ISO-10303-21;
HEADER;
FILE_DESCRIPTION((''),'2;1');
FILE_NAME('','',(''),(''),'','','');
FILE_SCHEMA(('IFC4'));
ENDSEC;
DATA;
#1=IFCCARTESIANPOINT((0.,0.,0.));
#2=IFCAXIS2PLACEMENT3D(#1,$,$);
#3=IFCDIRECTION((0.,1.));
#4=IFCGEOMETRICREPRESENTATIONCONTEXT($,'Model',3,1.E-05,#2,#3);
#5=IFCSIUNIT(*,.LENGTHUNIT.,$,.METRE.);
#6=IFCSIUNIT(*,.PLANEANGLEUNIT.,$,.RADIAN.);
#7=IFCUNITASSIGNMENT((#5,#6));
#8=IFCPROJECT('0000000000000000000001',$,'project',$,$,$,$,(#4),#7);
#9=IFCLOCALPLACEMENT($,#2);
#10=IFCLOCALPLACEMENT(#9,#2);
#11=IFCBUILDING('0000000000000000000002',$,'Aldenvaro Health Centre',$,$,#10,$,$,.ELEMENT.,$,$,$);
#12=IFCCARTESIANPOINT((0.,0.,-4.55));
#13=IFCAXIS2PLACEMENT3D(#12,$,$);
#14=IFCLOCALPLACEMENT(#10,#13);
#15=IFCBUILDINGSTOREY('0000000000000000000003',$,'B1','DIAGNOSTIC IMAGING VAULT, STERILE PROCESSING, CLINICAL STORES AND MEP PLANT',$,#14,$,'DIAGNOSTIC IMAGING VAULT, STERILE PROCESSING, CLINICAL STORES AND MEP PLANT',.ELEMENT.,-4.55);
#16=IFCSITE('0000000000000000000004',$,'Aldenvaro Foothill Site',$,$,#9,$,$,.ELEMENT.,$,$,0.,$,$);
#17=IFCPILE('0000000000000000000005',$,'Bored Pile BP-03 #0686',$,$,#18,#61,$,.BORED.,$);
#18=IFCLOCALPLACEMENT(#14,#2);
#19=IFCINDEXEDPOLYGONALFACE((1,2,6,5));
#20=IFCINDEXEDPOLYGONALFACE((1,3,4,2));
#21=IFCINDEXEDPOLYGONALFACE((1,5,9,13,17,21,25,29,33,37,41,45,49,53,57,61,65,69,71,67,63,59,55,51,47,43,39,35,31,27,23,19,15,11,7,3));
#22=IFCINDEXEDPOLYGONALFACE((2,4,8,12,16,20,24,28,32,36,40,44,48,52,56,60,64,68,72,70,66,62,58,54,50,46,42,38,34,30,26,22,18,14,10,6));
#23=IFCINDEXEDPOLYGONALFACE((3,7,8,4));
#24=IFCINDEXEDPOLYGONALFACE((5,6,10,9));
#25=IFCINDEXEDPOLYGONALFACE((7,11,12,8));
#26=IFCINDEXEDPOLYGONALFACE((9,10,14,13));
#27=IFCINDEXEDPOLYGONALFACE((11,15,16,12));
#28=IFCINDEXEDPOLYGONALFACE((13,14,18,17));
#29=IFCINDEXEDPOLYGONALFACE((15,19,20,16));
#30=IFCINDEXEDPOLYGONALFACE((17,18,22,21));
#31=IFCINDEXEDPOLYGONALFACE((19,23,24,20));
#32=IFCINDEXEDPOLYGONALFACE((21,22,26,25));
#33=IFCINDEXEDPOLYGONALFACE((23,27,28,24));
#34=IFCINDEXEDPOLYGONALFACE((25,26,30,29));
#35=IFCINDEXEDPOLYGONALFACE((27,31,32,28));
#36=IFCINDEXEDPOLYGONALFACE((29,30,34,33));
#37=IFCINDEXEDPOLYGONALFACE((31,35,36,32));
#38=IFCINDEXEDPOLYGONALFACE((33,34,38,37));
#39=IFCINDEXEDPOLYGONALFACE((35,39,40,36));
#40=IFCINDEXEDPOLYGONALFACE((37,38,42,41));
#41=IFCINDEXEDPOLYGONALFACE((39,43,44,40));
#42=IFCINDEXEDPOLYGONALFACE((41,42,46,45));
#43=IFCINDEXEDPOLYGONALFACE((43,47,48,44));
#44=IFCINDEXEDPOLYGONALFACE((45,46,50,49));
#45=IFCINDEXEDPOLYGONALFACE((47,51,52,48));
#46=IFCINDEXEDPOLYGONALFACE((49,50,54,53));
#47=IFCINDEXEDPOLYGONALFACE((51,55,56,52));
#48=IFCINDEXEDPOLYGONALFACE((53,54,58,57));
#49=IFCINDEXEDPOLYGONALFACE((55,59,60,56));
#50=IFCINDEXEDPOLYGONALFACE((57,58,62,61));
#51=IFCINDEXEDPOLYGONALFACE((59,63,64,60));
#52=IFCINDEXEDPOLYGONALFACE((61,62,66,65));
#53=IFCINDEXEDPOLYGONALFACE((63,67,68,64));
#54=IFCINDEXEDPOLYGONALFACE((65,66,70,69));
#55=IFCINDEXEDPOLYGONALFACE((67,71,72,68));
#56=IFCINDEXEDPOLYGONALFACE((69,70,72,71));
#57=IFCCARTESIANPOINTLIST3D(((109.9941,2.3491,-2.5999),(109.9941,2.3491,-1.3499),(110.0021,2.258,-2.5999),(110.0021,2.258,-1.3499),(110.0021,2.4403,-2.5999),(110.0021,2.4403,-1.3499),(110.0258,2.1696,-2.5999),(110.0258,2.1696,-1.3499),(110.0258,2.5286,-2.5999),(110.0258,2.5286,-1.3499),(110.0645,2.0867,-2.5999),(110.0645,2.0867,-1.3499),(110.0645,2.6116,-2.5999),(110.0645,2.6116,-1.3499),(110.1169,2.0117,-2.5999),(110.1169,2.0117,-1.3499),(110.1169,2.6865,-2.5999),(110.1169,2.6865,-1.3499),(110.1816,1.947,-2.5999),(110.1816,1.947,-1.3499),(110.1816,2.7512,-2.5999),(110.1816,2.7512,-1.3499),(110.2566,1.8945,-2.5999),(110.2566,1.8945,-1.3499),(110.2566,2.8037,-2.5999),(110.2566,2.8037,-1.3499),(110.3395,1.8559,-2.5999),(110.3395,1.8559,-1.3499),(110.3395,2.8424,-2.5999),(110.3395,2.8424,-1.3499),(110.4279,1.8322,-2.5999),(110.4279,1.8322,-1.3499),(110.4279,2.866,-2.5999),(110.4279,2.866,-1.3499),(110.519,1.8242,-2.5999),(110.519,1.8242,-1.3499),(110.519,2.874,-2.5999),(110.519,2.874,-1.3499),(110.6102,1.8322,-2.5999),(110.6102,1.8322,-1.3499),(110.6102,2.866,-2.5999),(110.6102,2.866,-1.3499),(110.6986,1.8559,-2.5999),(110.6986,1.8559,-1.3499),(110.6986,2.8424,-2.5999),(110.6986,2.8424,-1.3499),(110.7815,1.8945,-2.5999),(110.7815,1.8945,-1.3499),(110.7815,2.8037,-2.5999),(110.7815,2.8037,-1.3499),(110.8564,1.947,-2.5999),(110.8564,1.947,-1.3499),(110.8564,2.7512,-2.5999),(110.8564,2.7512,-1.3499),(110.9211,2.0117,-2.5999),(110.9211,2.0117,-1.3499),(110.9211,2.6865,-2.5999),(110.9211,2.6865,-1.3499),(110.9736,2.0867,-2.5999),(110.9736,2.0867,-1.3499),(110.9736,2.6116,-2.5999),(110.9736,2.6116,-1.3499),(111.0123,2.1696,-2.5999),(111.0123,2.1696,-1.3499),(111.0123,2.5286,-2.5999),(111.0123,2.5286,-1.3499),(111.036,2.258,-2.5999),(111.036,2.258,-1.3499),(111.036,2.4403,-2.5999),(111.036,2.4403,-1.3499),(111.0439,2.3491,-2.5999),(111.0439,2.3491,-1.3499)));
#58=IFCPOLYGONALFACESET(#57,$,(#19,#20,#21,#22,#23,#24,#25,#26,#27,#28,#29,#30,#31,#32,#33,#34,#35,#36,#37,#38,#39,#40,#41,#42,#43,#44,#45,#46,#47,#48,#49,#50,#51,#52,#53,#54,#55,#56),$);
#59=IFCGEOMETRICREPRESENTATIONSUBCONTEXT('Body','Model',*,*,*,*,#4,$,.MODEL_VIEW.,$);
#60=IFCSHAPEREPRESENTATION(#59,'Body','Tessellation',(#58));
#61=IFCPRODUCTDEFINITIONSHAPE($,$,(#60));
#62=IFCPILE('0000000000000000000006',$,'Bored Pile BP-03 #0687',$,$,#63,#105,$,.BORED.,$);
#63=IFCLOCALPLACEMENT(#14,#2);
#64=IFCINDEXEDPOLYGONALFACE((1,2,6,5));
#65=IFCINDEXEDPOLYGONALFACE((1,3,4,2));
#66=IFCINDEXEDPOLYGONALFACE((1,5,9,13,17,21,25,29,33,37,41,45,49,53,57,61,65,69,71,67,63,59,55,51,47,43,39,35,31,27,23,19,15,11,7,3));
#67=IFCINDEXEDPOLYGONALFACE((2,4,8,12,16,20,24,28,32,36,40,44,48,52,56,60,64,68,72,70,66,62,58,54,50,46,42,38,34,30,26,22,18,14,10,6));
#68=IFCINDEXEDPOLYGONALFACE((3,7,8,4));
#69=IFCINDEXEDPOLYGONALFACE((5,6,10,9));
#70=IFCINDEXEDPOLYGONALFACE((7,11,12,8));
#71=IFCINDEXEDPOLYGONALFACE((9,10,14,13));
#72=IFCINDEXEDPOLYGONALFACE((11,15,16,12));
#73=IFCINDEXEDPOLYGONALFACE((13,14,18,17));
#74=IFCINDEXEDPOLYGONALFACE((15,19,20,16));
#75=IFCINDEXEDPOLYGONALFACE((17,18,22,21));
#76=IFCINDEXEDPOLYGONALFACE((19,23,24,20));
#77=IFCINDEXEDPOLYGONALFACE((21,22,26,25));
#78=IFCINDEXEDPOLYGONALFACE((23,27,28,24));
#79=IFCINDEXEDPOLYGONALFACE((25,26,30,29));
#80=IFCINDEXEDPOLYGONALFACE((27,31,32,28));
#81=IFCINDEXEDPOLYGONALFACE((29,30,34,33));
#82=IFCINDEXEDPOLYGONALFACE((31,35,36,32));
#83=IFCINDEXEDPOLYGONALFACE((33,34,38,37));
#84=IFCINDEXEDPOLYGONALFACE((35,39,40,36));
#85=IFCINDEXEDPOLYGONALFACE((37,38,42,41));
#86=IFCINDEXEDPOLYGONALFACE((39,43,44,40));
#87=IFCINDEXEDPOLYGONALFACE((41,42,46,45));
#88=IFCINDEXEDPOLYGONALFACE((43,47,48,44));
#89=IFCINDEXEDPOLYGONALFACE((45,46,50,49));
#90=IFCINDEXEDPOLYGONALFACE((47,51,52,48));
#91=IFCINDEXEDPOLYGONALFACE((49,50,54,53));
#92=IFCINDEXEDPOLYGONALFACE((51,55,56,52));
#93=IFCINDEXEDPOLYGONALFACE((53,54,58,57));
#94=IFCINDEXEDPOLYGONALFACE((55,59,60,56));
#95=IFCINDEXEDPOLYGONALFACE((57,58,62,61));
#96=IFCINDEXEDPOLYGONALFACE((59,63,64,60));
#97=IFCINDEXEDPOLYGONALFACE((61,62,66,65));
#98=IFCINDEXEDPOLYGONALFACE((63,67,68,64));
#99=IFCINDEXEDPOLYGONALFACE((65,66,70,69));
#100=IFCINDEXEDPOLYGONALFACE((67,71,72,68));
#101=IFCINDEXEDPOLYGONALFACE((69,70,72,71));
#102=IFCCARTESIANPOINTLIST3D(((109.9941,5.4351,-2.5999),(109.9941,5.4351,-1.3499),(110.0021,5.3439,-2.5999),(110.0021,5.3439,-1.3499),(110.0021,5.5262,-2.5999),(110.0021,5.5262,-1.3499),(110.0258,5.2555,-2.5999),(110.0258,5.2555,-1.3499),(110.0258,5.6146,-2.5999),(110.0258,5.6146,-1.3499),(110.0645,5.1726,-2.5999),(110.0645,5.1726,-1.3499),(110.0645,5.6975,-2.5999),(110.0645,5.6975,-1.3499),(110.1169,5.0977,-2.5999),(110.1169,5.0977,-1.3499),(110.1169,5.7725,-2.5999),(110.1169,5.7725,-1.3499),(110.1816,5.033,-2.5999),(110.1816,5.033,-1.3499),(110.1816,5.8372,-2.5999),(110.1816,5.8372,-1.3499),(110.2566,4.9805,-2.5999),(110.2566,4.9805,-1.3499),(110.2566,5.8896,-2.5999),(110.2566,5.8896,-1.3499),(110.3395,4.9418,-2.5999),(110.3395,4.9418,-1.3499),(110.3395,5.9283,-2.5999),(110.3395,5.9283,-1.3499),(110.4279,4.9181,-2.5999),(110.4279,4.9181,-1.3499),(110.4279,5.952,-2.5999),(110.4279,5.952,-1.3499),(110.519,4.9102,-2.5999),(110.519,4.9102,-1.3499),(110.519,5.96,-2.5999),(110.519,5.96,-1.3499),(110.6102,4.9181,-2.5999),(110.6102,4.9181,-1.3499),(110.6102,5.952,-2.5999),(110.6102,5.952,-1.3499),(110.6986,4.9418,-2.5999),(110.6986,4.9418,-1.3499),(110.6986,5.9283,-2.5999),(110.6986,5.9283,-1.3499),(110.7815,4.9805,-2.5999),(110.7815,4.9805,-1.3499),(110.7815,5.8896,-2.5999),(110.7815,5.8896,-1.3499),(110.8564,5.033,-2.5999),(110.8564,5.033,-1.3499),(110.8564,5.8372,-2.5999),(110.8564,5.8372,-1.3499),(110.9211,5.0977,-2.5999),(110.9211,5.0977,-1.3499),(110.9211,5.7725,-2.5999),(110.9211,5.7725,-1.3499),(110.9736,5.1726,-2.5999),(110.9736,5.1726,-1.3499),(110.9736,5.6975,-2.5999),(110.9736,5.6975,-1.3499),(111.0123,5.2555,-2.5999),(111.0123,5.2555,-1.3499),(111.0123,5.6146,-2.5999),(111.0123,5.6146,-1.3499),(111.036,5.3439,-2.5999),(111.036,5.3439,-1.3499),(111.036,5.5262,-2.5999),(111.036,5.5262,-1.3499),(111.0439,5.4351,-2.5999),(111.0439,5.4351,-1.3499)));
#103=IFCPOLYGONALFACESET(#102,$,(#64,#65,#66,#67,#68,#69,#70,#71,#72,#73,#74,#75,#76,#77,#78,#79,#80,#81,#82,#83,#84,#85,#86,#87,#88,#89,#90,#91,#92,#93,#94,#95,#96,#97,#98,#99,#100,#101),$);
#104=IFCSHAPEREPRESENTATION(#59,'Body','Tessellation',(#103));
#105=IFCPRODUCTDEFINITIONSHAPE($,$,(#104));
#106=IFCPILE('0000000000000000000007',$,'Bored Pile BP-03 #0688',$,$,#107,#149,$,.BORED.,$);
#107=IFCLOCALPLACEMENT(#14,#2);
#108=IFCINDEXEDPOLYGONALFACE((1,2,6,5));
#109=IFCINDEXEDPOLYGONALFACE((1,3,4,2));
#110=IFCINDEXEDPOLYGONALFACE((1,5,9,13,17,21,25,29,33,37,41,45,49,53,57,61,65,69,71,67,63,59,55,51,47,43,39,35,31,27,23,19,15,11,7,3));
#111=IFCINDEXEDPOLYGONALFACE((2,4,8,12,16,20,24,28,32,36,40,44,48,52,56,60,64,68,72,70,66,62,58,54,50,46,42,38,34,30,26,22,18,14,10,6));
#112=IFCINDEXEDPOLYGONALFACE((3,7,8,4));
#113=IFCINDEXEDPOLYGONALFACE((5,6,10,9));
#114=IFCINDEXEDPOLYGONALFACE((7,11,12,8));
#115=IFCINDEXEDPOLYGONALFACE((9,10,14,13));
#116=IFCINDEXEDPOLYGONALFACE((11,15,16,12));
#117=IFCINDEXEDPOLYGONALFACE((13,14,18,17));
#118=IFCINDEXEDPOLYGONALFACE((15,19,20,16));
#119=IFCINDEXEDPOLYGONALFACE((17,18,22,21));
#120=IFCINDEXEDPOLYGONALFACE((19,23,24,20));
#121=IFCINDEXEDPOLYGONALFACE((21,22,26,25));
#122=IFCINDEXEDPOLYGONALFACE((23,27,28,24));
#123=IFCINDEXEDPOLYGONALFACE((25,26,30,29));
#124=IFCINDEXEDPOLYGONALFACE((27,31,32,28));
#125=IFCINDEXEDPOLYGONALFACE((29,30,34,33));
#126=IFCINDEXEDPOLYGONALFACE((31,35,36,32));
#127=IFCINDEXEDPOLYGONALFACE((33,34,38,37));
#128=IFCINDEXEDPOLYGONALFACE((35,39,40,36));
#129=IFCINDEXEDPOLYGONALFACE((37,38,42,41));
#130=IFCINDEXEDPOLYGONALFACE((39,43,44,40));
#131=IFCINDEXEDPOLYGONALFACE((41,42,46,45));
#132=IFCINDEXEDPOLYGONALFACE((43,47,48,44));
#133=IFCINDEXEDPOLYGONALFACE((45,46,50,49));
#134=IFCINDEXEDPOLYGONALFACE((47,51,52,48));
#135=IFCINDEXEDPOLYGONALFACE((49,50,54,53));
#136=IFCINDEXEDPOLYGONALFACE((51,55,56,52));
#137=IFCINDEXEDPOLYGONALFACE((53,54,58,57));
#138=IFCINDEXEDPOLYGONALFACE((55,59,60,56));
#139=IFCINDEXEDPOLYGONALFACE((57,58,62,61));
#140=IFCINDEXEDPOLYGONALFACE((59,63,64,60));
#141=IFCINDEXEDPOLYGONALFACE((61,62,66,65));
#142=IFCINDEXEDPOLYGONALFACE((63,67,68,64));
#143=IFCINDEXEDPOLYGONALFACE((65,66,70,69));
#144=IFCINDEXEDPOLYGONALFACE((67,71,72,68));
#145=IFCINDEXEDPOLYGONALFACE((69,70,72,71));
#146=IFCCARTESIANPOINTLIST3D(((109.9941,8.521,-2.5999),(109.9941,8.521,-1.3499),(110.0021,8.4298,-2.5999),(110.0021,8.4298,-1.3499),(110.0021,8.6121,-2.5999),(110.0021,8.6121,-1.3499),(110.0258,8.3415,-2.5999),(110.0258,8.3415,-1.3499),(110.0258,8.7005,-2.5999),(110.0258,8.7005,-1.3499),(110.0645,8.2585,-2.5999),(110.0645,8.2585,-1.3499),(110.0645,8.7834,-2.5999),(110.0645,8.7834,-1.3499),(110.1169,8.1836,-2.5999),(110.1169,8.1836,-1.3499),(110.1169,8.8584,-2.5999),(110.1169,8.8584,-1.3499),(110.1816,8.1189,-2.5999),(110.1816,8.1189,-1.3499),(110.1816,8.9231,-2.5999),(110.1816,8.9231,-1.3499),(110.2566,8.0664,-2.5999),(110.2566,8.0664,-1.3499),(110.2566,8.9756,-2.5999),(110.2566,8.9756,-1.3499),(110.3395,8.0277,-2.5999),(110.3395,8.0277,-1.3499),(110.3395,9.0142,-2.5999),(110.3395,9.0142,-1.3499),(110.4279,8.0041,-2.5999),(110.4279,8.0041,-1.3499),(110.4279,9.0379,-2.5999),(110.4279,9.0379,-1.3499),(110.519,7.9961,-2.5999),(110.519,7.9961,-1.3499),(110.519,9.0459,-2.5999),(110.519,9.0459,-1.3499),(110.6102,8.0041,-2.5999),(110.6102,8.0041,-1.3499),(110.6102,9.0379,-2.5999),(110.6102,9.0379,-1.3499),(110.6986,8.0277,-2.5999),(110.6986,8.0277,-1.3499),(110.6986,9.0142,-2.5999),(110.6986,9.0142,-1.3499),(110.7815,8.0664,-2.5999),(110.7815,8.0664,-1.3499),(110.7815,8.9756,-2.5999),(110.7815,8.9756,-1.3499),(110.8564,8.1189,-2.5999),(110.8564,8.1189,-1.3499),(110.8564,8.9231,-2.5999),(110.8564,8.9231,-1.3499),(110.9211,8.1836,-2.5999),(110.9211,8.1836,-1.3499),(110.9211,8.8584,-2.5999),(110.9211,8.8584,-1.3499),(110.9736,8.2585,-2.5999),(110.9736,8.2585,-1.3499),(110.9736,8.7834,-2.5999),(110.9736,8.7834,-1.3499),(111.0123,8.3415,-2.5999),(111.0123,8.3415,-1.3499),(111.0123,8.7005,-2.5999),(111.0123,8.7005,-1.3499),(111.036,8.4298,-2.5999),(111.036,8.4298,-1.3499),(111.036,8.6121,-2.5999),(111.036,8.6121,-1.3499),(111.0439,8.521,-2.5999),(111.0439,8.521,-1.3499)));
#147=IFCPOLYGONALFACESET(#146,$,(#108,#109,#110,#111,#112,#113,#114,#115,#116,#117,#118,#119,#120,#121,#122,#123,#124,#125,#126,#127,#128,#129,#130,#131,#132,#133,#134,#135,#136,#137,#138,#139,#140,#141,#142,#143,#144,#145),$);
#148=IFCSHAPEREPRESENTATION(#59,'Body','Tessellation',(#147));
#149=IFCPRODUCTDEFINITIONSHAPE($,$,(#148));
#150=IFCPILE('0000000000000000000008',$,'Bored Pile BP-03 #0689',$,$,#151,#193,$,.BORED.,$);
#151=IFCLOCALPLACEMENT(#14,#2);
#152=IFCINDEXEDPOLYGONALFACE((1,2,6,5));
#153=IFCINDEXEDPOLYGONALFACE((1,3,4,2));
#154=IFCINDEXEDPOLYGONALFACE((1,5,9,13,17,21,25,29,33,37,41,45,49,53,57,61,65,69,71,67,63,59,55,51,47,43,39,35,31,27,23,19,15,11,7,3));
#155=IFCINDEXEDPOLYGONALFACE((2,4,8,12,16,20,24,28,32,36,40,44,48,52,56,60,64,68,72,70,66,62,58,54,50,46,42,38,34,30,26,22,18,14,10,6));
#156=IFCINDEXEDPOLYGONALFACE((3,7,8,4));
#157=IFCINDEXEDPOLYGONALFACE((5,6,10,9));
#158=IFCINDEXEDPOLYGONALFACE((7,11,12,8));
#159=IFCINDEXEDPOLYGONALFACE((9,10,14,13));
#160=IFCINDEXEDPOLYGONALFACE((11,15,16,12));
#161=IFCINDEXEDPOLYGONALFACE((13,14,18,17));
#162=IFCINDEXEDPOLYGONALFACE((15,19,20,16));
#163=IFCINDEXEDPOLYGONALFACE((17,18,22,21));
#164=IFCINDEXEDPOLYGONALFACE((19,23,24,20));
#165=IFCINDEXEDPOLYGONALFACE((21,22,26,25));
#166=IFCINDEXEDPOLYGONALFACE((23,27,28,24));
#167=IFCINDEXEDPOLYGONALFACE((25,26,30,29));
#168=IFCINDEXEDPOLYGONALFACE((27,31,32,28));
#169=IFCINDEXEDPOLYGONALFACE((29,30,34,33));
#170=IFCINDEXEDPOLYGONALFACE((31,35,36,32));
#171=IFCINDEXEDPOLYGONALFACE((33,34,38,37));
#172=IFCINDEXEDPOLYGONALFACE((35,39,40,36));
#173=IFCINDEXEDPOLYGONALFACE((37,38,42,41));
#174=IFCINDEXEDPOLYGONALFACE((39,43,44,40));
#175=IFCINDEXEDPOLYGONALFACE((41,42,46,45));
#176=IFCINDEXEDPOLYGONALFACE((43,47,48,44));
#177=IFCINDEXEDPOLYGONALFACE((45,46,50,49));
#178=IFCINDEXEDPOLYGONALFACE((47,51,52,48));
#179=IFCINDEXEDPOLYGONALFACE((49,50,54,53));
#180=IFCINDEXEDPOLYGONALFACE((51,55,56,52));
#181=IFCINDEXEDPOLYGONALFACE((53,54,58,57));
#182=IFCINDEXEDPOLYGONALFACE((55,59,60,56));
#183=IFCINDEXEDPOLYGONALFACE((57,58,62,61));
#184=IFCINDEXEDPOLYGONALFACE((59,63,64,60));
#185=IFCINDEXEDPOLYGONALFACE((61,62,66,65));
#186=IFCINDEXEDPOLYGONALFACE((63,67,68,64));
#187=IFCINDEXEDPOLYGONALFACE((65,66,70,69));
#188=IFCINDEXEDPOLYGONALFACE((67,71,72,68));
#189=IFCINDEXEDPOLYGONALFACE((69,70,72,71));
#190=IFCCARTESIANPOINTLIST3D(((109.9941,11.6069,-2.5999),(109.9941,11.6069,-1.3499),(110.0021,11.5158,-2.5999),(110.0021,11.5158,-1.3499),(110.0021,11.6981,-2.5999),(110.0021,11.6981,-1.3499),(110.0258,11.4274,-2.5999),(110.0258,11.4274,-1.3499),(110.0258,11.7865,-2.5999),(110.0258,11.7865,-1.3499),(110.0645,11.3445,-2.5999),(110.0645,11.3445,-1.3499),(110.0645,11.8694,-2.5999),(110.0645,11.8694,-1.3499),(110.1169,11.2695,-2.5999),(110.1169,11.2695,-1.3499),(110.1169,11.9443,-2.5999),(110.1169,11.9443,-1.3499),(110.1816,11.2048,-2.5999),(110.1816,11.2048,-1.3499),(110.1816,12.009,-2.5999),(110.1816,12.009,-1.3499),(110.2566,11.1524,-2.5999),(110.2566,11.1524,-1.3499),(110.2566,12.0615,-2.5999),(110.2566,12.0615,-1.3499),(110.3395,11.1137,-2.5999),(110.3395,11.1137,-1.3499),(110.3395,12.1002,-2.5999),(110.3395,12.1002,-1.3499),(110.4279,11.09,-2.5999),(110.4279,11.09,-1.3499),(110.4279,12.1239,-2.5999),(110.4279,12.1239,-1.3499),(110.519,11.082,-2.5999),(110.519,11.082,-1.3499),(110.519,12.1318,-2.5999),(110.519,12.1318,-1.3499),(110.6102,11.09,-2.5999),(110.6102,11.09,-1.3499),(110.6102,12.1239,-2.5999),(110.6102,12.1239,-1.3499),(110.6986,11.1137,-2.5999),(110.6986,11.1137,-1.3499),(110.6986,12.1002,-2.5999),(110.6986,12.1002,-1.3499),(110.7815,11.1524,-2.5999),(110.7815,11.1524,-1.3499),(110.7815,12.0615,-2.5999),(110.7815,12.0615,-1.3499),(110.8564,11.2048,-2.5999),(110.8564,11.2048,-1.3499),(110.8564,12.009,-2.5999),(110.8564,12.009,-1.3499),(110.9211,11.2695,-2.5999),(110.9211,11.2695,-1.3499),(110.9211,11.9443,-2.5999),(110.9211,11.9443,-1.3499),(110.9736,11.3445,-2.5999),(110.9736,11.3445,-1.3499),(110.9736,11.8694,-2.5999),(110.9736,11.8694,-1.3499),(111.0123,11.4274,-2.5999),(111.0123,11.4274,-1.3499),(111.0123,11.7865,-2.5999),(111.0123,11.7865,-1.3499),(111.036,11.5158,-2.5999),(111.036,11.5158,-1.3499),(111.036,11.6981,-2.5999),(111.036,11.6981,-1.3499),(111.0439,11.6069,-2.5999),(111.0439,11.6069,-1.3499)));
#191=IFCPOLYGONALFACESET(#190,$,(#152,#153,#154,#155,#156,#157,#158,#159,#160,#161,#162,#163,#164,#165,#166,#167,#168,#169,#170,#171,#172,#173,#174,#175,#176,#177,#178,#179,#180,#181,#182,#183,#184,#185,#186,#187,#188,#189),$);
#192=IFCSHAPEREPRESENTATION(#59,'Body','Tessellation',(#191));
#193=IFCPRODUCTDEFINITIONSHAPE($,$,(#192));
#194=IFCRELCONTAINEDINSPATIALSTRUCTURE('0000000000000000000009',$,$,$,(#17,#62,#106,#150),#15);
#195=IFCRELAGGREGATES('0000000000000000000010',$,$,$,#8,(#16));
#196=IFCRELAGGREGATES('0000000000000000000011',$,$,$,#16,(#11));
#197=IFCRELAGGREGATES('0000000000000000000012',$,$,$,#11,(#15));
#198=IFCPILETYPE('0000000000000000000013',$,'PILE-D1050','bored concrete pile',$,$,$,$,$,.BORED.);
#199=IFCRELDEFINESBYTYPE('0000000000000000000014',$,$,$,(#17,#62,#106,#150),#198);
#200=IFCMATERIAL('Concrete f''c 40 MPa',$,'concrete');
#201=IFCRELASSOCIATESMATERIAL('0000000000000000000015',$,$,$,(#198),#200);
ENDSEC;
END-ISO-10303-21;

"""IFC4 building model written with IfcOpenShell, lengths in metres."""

from ifc_helpers import new_model, si_unit, direction, frame, origin, origin_2d, place, context, subcontext, project, spatial, circle, extrude, material, material_profile, profile_set, type_object, element, save


model = new_model("IFC4")

# Units and contexts
model_context = context("Model", 3, precision=1e-05, world=origin(), true_north=direction((0.0, 1.0)))
body_context = subcontext(model_context, "Body", "Model", "MODEL_VIEW")
ifc_project = project(units=[si_unit("LENGTHUNIT", "METRE"), si_unit("PLANEANGLEUNIT", "RADIAN")], contexts=[model_context])

# Site, building, storey
site_placement = place(None, origin())
site = spatial("IfcSite", under=ifc_project, at=site_placement, Name="Aldenvaro Foothill Site", CompositionType="ELEMENT", RefElevation=0.0)
building_placement = place(site_placement, origin())
building = spatial("IfcBuilding", under=site, at=building_placement, Name="Aldenvaro Health Centre", CompositionType="ELEMENT")
storey_placement = place(building_placement, frame((0.0, 0.0, -4.55)))
storey = spatial("IfcBuildingStorey", under=building, at=storey_placement, Name="B1", Description="DIAGNOSTIC IMAGING VAULT, STERILE PROCESSING, CLINICAL STORES AND MEP PLANT", LongName="DIAGNOSTIC IMAGING VAULT, STERILE PROCESSING, CLINICAL STORES AND MEP PLANT", CompositionType="ELEMENT", Elevation=-4.55)

# Piles
ifc_material_1 = material(Name="Concrete f'c 40 MPa", Category="concrete")
ifc_material_profile_1 = material_profile(ifc_material_1, circle(Radius=0.5249, at=origin_2d()), Name="PILE D1050", Category="concrete")
ifc_profile_set_1 = profile_set([ifc_material_profile_1], Name="Concrete f'c 40 MPa")
pile_type = type_object("IfcPileType", Name="PILE-D1050", Description="bored concrete pile", PredefinedType="BORED", material=ifc_profile_set_1)
for number, where, z_axis, x_axis, name in (
    (1, (110.519, 2.3491, -1.3499), (0.0, 0.0, -1.0), (1.0, 0.0, 0.0), "Bored Pile BP-03 #0686"),
    (2, (110.519, 5.4351, -1.3499), (0.0, 0.0, -1.0), (1.0, 0.0, 0.0), "Bored Pile BP-03 #0687"),
    (3, (110.519, 8.521, -1.3499), (0.0, 0.0, -1.0), (1.0, 0.0, 0.0), "Bored Pile BP-03 #0688"),
    (4, (110.519, 11.6069, -1.3499), (0.0, 0.0, -1.0), (1.0, 0.0, 0.0), "Bored Pile BP-03 #0689"),
):
    element("IfcPile", number, at=place(storey_placement, frame(where, z_axis=z_axis, x_axis=x_axis)), inside=storey, type_object=pile_type, Name=name, PredefinedType="BORED", context=body_context, shape_type="SweptSolid", body=[
        extrude(circle(Radius=0.5249, at=origin_2d()), origin(), (0.0, 0.0, 1.0), 1.25),
    ])

save(model, "model.ifc")
